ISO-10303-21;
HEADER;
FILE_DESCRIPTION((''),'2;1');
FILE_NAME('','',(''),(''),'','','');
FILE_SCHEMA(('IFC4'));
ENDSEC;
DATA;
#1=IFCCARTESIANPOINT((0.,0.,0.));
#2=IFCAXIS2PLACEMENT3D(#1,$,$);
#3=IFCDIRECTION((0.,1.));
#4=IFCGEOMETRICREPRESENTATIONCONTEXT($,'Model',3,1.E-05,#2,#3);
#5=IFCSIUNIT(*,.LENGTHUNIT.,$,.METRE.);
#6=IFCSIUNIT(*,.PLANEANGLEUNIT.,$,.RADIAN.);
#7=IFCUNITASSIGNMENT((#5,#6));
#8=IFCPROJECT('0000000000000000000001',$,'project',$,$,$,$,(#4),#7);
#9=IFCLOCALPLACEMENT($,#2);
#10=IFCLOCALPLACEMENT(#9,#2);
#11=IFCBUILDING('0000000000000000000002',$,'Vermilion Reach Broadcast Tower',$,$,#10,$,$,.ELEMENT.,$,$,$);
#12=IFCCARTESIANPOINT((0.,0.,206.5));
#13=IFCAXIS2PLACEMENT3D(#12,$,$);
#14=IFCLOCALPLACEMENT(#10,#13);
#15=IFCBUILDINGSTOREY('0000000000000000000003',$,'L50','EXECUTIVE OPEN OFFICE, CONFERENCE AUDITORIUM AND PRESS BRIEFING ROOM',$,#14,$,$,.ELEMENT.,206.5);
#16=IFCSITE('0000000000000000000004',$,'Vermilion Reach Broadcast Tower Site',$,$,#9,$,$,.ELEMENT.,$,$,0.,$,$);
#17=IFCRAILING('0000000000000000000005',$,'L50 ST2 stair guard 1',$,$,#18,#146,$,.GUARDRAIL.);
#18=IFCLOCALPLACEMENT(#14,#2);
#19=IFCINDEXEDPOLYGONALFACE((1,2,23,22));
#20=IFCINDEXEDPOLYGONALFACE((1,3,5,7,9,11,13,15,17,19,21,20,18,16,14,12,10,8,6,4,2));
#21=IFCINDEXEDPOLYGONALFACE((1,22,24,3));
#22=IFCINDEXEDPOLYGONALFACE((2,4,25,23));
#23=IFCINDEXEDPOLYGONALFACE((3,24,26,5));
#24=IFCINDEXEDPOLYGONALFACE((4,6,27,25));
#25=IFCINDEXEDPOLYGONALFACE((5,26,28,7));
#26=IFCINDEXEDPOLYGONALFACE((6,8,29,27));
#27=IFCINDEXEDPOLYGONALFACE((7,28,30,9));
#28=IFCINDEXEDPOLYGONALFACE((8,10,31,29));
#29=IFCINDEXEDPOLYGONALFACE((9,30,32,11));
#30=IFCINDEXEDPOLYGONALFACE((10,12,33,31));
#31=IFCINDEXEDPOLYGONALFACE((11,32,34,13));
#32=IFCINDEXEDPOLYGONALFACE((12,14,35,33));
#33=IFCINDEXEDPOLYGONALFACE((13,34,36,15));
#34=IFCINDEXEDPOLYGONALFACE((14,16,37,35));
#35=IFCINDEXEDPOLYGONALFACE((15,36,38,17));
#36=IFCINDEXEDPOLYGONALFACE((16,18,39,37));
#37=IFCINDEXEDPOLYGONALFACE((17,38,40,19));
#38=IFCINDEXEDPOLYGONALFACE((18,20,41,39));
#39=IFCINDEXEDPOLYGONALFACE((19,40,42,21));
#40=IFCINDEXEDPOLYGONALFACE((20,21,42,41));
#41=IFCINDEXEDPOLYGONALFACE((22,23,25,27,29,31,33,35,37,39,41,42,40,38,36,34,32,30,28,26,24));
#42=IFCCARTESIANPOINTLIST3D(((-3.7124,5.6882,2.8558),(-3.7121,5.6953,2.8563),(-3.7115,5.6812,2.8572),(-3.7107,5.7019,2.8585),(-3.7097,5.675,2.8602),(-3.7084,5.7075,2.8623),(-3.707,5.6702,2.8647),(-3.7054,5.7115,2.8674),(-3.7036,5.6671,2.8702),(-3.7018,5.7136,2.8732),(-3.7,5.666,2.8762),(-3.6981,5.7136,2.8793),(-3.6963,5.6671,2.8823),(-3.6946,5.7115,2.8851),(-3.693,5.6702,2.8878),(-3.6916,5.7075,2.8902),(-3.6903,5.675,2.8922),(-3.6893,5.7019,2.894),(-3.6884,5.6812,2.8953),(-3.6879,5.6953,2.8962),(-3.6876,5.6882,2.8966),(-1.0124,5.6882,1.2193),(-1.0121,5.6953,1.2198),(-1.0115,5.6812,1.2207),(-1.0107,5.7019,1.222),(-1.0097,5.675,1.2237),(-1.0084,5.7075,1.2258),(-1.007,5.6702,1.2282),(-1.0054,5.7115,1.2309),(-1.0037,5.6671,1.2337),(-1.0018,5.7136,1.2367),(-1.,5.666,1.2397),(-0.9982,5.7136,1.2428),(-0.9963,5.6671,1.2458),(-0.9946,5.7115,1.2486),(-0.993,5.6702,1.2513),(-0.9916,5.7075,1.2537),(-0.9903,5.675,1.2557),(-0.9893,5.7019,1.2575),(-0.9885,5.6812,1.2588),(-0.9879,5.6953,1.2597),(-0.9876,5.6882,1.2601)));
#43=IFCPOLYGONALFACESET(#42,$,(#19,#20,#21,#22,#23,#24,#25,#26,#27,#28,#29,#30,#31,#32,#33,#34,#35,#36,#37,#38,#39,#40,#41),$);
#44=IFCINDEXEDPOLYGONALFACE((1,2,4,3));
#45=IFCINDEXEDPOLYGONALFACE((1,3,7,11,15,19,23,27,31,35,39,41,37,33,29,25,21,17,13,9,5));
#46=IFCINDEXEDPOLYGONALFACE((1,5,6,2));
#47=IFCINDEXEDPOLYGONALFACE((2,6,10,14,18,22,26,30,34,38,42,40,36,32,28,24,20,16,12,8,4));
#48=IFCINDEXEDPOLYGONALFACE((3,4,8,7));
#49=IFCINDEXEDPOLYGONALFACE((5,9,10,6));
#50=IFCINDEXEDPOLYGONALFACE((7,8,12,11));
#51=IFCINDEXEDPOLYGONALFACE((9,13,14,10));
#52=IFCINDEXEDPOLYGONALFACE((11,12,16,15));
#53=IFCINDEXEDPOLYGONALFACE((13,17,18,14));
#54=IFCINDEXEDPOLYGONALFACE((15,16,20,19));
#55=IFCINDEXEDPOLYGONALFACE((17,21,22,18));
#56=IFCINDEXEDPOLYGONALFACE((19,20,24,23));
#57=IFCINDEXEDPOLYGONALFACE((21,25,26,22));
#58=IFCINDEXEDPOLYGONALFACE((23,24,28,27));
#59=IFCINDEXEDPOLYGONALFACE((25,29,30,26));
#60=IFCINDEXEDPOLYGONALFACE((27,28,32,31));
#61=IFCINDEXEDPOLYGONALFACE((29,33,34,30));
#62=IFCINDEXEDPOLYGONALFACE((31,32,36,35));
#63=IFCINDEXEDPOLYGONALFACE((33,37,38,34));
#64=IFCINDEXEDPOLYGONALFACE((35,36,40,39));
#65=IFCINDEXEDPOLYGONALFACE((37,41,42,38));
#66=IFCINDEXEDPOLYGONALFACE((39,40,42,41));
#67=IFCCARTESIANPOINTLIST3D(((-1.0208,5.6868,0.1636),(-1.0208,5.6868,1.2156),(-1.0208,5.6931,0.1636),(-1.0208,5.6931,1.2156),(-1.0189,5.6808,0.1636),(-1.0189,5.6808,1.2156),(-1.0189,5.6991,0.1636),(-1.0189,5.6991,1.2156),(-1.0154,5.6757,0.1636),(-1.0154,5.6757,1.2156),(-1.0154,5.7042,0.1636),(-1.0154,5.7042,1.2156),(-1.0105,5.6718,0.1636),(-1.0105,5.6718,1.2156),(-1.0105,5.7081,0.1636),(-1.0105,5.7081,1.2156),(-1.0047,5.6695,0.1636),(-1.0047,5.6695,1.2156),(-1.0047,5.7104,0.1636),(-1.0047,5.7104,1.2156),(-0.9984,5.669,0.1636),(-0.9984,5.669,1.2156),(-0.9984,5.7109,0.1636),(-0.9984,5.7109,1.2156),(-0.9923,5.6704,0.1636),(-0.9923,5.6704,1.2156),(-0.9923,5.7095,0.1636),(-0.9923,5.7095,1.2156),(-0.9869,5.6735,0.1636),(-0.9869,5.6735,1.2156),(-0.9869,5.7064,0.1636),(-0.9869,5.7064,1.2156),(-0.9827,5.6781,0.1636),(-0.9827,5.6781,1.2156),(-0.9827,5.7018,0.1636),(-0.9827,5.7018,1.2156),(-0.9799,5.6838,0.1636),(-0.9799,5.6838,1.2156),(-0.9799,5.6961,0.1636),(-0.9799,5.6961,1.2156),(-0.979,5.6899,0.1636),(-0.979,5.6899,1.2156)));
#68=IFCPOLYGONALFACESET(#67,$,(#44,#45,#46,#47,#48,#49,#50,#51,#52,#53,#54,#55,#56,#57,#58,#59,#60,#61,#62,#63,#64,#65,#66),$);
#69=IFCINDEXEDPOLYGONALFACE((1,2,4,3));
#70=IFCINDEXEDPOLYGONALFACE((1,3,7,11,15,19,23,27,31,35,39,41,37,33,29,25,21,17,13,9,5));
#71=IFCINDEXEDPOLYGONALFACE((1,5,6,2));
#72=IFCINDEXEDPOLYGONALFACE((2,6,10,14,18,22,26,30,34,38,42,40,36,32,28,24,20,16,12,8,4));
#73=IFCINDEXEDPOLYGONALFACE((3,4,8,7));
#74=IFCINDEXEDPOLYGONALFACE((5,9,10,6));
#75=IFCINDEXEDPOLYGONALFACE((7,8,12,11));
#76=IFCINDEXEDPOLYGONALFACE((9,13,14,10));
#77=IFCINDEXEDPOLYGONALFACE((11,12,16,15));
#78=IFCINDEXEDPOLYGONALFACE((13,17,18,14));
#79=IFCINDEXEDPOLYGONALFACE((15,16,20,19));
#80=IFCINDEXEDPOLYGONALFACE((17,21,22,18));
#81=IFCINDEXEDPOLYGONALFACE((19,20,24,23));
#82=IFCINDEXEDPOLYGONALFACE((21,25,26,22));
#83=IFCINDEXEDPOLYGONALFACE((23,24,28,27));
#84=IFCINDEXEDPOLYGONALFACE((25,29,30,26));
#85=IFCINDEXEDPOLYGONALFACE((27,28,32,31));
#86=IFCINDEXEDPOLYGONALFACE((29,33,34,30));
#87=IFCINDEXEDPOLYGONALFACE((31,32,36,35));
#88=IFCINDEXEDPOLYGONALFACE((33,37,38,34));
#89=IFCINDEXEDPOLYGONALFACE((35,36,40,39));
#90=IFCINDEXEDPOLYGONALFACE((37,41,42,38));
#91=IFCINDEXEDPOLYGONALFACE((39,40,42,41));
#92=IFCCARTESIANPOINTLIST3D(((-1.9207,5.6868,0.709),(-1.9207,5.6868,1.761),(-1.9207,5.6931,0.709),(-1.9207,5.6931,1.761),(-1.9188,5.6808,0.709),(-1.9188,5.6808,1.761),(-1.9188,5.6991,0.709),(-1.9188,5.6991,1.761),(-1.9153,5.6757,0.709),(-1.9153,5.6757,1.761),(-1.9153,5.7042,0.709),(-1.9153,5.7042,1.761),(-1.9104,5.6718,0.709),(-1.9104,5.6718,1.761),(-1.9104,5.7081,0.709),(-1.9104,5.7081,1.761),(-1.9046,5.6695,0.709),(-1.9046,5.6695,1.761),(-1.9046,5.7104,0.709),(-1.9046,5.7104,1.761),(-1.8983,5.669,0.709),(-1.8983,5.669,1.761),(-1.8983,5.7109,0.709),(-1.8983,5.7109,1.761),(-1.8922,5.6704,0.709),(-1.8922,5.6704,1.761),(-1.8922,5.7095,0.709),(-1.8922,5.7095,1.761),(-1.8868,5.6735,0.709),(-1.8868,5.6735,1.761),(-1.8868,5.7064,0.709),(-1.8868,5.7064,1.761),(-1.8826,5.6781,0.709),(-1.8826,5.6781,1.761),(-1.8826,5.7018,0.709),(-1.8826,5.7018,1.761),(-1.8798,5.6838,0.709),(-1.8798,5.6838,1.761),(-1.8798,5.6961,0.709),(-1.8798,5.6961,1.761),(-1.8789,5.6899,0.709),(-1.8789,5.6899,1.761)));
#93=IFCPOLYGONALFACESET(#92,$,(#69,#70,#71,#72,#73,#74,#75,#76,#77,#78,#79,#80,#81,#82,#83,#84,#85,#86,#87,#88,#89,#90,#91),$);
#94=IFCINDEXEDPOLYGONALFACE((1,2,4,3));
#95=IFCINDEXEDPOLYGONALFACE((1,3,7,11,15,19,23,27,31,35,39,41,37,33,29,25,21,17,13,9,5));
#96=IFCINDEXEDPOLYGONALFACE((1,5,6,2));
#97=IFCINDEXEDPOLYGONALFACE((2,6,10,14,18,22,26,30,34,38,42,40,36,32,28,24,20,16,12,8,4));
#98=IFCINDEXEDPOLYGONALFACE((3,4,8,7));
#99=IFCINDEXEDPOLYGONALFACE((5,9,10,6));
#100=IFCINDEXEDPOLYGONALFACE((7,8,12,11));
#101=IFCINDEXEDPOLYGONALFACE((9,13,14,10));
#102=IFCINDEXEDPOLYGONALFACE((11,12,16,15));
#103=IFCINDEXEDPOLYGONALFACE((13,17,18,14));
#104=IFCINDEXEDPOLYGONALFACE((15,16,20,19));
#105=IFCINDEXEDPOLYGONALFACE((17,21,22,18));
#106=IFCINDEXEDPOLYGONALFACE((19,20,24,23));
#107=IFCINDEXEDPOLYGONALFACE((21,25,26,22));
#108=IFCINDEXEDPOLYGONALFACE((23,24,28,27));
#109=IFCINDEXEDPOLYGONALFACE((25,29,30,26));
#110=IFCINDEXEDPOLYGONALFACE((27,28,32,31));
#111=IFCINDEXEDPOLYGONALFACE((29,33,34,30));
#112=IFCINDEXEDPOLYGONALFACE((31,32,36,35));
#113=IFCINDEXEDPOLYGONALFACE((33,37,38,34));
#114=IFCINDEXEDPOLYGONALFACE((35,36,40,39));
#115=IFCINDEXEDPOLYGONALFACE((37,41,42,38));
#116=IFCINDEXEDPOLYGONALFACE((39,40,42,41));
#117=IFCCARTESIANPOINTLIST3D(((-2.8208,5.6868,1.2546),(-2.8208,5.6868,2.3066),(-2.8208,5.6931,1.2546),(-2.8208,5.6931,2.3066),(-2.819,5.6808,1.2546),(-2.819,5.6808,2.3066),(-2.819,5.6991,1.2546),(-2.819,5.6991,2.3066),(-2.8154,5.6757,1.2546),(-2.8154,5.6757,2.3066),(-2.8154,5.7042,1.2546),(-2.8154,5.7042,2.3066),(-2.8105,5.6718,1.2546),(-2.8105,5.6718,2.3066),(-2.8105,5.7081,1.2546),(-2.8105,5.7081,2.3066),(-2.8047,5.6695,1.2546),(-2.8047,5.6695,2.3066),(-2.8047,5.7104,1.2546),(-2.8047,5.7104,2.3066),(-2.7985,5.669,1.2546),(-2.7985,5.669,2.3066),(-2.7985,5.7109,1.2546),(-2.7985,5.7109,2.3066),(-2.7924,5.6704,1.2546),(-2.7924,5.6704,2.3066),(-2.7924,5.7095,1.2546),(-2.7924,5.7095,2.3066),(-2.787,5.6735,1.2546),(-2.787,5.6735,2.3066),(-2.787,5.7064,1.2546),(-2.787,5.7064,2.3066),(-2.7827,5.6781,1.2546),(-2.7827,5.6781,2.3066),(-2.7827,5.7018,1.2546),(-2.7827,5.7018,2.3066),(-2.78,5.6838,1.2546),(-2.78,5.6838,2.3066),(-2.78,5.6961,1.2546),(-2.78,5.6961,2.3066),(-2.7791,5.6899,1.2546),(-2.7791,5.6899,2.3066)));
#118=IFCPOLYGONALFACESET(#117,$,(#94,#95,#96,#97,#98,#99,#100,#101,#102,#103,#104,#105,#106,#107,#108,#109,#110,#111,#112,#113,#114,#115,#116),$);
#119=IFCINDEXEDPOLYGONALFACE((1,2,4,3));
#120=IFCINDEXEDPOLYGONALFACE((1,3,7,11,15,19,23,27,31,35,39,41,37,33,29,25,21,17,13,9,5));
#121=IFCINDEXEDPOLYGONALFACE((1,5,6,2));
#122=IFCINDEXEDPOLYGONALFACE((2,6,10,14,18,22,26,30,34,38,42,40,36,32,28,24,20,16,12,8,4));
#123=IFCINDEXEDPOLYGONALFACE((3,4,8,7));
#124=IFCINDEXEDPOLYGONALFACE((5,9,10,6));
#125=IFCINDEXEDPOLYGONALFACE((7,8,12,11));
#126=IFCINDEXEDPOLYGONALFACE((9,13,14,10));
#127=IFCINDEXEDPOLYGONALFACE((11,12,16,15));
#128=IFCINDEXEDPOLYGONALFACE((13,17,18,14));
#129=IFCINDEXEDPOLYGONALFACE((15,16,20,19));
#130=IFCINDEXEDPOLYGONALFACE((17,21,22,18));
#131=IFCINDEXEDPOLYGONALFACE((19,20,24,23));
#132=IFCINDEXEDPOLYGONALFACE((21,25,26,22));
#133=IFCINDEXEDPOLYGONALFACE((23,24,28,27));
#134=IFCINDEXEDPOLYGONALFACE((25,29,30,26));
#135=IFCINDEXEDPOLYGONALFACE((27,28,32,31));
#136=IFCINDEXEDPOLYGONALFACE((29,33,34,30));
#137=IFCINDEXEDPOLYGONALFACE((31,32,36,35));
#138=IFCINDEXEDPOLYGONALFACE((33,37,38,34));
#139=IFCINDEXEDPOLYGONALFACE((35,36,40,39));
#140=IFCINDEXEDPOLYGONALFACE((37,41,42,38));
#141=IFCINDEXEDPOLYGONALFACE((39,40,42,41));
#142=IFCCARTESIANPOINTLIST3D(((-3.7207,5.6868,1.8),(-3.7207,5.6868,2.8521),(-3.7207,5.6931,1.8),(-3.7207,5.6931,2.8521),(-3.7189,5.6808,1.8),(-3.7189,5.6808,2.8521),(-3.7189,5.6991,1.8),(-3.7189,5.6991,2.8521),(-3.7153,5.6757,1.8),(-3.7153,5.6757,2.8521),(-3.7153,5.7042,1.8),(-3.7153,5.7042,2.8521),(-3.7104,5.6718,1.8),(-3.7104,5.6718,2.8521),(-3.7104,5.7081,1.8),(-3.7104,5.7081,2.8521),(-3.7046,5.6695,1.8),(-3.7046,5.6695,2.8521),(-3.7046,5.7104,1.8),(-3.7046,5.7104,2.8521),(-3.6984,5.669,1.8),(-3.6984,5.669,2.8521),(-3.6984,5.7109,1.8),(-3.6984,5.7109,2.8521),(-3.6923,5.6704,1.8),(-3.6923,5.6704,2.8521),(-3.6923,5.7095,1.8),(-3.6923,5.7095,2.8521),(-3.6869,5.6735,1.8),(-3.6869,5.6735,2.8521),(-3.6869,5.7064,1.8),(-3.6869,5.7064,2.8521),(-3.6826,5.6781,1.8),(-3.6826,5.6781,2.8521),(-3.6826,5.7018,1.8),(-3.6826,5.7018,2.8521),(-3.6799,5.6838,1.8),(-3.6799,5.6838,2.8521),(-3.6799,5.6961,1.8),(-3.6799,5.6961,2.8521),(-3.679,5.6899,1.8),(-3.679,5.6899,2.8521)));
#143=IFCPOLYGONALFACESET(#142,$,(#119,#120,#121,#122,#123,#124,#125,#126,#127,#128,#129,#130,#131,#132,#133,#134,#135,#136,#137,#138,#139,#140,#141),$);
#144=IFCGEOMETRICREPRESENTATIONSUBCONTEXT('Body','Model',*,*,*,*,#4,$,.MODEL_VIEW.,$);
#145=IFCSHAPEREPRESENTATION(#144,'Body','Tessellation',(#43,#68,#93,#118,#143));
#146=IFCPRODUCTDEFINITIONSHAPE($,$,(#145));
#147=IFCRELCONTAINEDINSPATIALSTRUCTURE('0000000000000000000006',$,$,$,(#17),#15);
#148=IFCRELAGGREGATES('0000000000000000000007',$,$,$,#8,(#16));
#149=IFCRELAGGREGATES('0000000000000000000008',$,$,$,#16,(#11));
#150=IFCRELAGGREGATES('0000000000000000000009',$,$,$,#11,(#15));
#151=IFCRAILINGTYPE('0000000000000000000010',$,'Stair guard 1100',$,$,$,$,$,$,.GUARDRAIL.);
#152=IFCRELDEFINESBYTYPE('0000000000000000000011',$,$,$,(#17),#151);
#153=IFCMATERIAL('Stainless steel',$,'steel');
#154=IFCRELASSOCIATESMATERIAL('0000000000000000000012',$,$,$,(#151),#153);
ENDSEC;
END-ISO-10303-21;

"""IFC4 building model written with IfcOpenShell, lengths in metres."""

from ifc_helpers import new_model, si_unit, direction, frame, origin, origin_2d, place, context, subcontext, project, spatial, circle, extrude, material, type_object, element, save


model = new_model("IFC4")

# Units and contexts
model_context = context("Model", 3, precision=1e-05, world=origin(), true_north=direction((0.0, 1.0)))
body_context = subcontext(model_context, "Body", "Model", "MODEL_VIEW")
ifc_project = project(units=[si_unit("LENGTHUNIT", "METRE"), si_unit("PLANEANGLEUNIT", "RADIAN")], contexts=[model_context])

# Site, building, storey
site_placement = place(None, origin())
site = spatial("IfcSite", under=ifc_project, at=site_placement, Name="Vermilion Reach Broadcast Tower Site", CompositionType="ELEMENT", RefElevation=0.0)
building_placement = place(site_placement, origin())
building = spatial("IfcBuilding", under=site, at=building_placement, Name="Vermilion Reach Broadcast Tower", CompositionType="ELEMENT")
storey_placement = place(building_placement, frame((0.0, 0.0, 206.5)))
storey = spatial("IfcBuildingStorey", under=building, at=storey_placement, Name="L50", Description="EXECUTIVE OPEN OFFICE, CONFERENCE AUDITORIUM AND PRESS BRIEFING ROOM", CompositionType="ELEMENT", Elevation=206.5)

# Railing
ifc_material_1 = material(Name="Stainless steel", Category="steel")
railing_type_1 = type_object("IfcRailingType", Name="Stair guard 1100", PredefinedType="GUARDRAIL", material=ifc_material_1)
railing_1_placement = place(storey_placement, frame((-1.0, 5.6899, 0.1636)))
element("IfcRailing", 1, at=railing_1_placement, inside=storey, type_object=railing_type_1, Name="L50 ST2 stair guard 1", PredefinedType="GUARDRAIL", context=body_context, shape_type="SweptSolid", body=[
    extrude(circle(Radius=0.0239, at=origin_2d()), frame((0.0, 0.0, 1.0762), z_axis=(-0.855178, 0.0, 0.518334), x_axis=(0.0, -1.0, 0.0)), (0.0, 0.0, 1.0), 3.1572),
    extrude(circle(Radius=0.021, at=origin_2d()), origin(), (0.0, 0.0, 1.0), 1.052),
    extrude(circle(Radius=0.021, at=origin_2d()), frame((-0.8999, 0.0, 0.5454)), (0.0, 0.0, 1.0), 1.052),
    extrude(circle(Radius=0.021, at=origin_2d()), frame((-1.8, 0.0, 1.0911)), (0.0, 0.0, 1.0), 1.052),
    extrude(circle(Radius=0.021, at=origin_2d()), frame((-2.7, 0.0, 1.6365)), (0.0, 0.0, 1.0), 1.052),
])

save(model, "model.ifc")
